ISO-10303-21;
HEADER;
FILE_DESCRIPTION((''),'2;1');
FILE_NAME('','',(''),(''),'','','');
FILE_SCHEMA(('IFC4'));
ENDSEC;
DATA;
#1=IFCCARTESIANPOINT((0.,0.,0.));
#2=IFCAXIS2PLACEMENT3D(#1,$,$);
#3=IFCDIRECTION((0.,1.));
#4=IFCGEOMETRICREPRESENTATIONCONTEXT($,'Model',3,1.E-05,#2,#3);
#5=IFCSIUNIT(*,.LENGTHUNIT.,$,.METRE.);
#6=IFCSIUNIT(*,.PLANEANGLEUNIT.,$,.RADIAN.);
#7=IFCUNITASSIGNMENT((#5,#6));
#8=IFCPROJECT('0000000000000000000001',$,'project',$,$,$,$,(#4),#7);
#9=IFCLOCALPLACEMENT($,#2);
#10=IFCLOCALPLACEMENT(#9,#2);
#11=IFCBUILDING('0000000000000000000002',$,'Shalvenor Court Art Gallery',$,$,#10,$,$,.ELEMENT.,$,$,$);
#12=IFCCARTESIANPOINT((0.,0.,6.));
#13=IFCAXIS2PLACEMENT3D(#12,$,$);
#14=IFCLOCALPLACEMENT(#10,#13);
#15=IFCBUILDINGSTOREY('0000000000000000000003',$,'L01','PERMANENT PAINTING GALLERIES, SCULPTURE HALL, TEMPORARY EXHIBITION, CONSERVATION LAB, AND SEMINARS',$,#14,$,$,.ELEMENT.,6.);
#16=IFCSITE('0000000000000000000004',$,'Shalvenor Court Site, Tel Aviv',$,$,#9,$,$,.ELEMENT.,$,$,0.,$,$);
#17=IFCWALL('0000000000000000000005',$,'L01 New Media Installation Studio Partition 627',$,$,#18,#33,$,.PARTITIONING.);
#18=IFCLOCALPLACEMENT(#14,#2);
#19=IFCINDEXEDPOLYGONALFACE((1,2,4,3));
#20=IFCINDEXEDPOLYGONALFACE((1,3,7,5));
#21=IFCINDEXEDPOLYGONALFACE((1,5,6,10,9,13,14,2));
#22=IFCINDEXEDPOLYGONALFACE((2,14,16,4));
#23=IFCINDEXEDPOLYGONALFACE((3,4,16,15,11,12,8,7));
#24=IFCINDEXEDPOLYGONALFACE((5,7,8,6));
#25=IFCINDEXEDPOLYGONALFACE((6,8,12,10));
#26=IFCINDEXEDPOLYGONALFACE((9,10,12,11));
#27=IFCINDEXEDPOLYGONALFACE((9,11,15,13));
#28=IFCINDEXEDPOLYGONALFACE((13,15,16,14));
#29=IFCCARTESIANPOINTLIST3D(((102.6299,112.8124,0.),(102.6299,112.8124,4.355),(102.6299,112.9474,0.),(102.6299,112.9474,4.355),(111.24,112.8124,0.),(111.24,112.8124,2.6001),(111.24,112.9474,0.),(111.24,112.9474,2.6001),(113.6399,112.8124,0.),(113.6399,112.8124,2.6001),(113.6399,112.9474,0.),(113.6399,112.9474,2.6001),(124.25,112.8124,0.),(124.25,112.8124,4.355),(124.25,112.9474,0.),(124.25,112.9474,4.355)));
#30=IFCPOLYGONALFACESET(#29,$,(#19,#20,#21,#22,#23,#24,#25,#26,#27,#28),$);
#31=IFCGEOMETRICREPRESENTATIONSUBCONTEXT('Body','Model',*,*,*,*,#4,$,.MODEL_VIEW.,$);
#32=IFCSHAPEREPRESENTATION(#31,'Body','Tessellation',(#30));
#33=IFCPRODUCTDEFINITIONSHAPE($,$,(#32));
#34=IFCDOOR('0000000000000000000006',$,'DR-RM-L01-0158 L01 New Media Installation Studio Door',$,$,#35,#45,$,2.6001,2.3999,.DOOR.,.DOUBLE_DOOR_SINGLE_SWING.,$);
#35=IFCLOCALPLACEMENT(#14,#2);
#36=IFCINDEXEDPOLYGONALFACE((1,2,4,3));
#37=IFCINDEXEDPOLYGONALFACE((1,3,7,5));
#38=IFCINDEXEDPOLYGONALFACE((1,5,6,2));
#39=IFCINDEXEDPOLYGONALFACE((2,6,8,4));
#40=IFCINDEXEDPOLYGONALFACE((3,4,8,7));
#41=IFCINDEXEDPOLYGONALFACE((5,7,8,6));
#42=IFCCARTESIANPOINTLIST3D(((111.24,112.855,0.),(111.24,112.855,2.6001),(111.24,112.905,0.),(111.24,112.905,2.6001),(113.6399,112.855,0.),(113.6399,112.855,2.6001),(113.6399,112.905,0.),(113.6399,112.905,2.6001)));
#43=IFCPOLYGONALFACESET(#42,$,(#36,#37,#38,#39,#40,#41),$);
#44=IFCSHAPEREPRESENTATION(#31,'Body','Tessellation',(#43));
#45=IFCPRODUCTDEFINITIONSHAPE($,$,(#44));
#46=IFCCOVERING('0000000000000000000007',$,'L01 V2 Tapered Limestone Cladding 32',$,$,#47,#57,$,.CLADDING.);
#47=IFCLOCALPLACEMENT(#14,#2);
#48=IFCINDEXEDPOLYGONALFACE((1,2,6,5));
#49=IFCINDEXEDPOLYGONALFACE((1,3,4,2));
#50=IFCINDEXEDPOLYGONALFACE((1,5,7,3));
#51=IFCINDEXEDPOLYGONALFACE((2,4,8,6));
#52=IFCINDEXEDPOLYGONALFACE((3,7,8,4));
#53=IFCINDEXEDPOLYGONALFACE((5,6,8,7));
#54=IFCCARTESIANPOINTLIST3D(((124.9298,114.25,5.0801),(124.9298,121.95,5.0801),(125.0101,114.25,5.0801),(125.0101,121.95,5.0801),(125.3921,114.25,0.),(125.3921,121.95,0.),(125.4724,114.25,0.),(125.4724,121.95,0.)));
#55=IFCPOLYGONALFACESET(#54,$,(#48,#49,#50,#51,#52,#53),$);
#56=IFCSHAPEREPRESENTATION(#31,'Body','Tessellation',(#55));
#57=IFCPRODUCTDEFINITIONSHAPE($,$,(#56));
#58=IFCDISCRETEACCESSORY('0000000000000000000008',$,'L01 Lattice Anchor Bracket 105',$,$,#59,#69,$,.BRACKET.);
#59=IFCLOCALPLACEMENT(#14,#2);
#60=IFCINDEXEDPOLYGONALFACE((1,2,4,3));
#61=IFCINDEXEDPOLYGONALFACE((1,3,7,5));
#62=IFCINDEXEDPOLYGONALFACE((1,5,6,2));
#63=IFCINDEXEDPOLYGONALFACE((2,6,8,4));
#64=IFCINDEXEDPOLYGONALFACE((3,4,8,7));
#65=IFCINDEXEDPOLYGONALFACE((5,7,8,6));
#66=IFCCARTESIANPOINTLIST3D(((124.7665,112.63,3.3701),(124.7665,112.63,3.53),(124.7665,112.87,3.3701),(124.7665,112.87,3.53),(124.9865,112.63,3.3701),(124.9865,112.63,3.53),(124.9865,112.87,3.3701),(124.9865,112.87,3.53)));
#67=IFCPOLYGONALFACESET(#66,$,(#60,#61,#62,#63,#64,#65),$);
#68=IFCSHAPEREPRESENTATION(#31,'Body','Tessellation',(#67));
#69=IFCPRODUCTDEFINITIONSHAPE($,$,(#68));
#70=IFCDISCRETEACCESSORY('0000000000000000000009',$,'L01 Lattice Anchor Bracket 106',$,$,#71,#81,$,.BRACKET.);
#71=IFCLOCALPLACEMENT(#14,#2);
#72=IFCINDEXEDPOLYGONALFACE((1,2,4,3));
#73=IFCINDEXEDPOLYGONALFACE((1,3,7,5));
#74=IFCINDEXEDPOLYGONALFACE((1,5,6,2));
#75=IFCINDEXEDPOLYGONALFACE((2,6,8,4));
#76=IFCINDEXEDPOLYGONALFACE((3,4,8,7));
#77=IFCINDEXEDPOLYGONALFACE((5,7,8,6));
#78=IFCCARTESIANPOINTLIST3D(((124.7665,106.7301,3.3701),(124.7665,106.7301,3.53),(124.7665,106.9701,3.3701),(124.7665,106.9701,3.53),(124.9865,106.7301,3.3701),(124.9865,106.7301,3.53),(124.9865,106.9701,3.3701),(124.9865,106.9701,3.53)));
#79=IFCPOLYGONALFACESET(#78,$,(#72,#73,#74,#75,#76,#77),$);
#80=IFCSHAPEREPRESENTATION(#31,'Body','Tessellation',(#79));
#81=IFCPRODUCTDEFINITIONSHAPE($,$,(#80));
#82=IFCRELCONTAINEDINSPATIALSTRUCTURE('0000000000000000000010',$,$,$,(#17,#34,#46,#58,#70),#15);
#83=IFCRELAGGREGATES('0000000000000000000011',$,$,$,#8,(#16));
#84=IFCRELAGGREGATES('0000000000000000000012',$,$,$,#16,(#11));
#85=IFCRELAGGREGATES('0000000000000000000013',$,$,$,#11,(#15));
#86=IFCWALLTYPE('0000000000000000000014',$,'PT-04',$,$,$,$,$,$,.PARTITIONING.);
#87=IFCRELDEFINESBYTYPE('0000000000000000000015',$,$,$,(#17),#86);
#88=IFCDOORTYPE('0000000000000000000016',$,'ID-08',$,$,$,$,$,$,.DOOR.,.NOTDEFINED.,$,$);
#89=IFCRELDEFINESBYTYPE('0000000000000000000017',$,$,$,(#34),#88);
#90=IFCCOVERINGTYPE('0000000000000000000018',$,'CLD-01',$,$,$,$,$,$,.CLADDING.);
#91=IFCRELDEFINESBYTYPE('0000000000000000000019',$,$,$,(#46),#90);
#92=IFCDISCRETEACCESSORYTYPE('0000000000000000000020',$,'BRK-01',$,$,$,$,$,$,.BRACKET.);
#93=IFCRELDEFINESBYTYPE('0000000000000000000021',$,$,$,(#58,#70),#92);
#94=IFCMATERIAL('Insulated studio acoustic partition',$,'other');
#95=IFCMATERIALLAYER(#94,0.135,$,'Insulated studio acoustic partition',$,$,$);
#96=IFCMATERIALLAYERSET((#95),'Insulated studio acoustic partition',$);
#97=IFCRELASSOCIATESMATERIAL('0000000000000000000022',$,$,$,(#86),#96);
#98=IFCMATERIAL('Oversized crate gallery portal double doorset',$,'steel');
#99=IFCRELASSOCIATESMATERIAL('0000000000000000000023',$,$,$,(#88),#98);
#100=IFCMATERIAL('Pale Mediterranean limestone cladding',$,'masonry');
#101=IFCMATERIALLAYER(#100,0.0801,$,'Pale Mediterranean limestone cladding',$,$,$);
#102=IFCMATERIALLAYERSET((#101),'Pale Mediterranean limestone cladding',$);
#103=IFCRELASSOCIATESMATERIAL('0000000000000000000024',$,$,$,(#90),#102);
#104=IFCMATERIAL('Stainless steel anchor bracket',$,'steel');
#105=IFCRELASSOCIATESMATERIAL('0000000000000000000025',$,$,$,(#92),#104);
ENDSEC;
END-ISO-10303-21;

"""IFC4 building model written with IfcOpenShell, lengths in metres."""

from ifc_helpers import new_model, si_unit, direction, frame, frame_2d, origin, origin_2d, place, context, subcontext, project, spatial, polyline, rectangle, outline, extrude, material, layer, layer_set, type_object, element, fill, save


model = new_model("IFC4")

# Units and contexts
model_context = context("Model", 3, precision=1e-05, world=origin(), true_north=direction((0.0, 1.0)))
body_context = subcontext(model_context, "Body", "Model", "MODEL_VIEW")
ifc_project = project(units=[si_unit("LENGTHUNIT", "METRE"), si_unit("PLANEANGLEUNIT", "RADIAN")], contexts=[model_context])

# Site, building, storey
site_placement = place(None, origin())
site = spatial("IfcSite", under=ifc_project, at=site_placement, Name="Shalvenor Court Site, Tel Aviv", CompositionType="ELEMENT", RefElevation=0.0)
building_placement = place(site_placement, origin())
building = spatial("IfcBuilding", under=site, at=building_placement, Name="Shalvenor Court Art Gallery", CompositionType="ELEMENT")
storey_placement = place(building_placement, frame((0.0, 0.0, 6.0)))
storey = spatial("IfcBuildingStorey", under=building, at=storey_placement, Name="L01", Description="PERMANENT PAINTING GALLERIES, SCULPTURE HALL, TEMPORARY EXHIBITION, CONSERVATION LAB, AND SEMINARS", CompositionType="ELEMENT", Elevation=6.0)

# Wall, opening, door
ifc_material_1 = material(Name="Insulated studio acoustic partition", Category="other")
ifc_layer_1 = layer(ifc_material_1, 0.135, Name="Insulated studio acoustic partition")
ifc_layer_set_1 = layer_set([ifc_layer_1], Name="Insulated studio acoustic partition")
wall_type_1 = type_object("IfcWallType", Name="PT-04", PredefinedType="PARTITIONING", material=ifc_layer_set_1)
wall_1_placement = place(storey_placement, frame((124.25, 112.8799, 0.0), z_axis=(0.0, 0.0, 1.0), x_axis=(-1.0, 0.0, 0.0)))
wall_1 = element("IfcWall", 1, at=wall_1_placement, inside=storey, type_object=wall_type_1, Name="L01 New Media Installation Studio Partition 627", PredefinedType="PARTITIONING", context=body_context, shape_type="SweptSolid", body=[
    extrude(rectangle(XDim=21.6201, YDim=0.135, at=frame_2d((10.8101, 0.0))), origin(), (0.0, 0.0, 1.0), 4.355),
])
opening_placement = place(wall_1_placement, frame((10.6101, 0.0, 0.0)))
opening = element("IfcOpeningElement", 2, at=opening_placement, cuts=wall_1, PredefinedType="OPENING", context=body_context, shape_type="SweptSolid", body=[
    extrude(rectangle(XDim=2.3999, YDim=2.6001, at=frame_2d((1.2, 1.3))), frame((0.0, 0.0774, 0.0), z_axis=(0.0, -1.0, 0.0), x_axis=(1.0, 0.0, 0.0)), (0.0, 0.0, 1.0), 0.155),
])
ifc_material_2 = material(Name="Oversized crate gallery portal double doorset", Category="steel")
door_type = type_object("IfcDoorType", Name="ID-08", OperationType="NOTDEFINED", PredefinedType="DOOR", material=ifc_material_2)
door_placement = place(opening_placement, origin())
door = element("IfcDoor", 3, at=door_placement, inside=storey, type_object=door_type, Name="DR-RM-L01-0158 L01 New Media Installation Studio Door", OperationType="DOUBLE_DOOR_SINGLE_SWING", OverallHeight=2.6001, OverallWidth=2.3999, PredefinedType="DOOR", context=body_context, shape_type="SweptSolid", body=[
    extrude(rectangle(XDim=2.3999, YDim=2.6001, at=frame_2d((1.2, 1.3))), frame((0.0, 0.0249, 0.0), z_axis=(0.0, -1.0, 0.0), x_axis=(1.0, 0.0, 0.0)), (0.0, 0.0, 1.0), 0.05),
])
fill(opening, door)

# Covering
ifc_material_3 = material(Name="Pale Mediterranean limestone cladding", Category="masonry")
ifc_layer_2 = layer(ifc_material_3, 0.0801, Name="Pale Mediterranean limestone cladding")
ifc_layer_set_2 = layer_set([ifc_layer_2], Name="Pale Mediterranean limestone cladding")
covering_type = type_object("IfcCoveringType", Name="CLD-01", PredefinedType="CLADDING", material=ifc_layer_set_2)
covering_placement = place(storey_placement, frame((125.4724, 114.25, 0.0), z_axis=(0.0, 0.0, 1.0), x_axis=(0.0, 1.0, 0.0)))
element("IfcCovering", 4, at=covering_placement, inside=storey, type_object=covering_type, Name="L01 V2 Tapered Limestone Cladding 32", PredefinedType="CLADDING", context=body_context, shape_type="SweptSolid", body=[
    extrude(outline(polyline([(0.0, 0.0), (7.7, 0.0), (7.7, 5.1011), (0.0, 5.1011), (0.0, 0.0)])), frame((0.0, 0.0, 0.0), z_axis=(0.0, -0.995884, 0.090633), x_axis=(1.0, 0.0, 0.0)), (0.0, 0.090633, -0.995884), 0.0803),
])

# Discrete accessories
ifc_material_4 = material(Name="Stainless steel anchor bracket", Category="steel")
discrete_accessory_type = type_object("IfcDiscreteAccessoryType", Name="BRK-01", PredefinedType="BRACKET", material=ifc_material_4)
for number, where, z_axis, x_axis, name in (
    (5, (124.8765, 112.75, 3.3701), (0.0, 0.0, 1.0), (0.0, -1.0, 0.0), "L01 Lattice Anchor Bracket 105"),
    (6, (124.8765, 106.8501, 3.3701), (0.0, 0.0, 1.0), (0.0, -1.0, 0.0), "L01 Lattice Anchor Bracket 106"),
):
    element("IfcDiscreteAccessory", number, at=place(storey_placement, frame(where, z_axis=z_axis, x_axis=x_axis)), inside=storey, type_object=discrete_accessory_type, Name=name, PredefinedType="BRACKET", context=body_context, shape_type="SweptSolid", body=[
        extrude(rectangle(XDim=0.24, YDim=0.22, at=origin_2d()), origin(), (0.0, 0.0, 1.0), 0.1599),
    ])

save(model, "model.ifc")
